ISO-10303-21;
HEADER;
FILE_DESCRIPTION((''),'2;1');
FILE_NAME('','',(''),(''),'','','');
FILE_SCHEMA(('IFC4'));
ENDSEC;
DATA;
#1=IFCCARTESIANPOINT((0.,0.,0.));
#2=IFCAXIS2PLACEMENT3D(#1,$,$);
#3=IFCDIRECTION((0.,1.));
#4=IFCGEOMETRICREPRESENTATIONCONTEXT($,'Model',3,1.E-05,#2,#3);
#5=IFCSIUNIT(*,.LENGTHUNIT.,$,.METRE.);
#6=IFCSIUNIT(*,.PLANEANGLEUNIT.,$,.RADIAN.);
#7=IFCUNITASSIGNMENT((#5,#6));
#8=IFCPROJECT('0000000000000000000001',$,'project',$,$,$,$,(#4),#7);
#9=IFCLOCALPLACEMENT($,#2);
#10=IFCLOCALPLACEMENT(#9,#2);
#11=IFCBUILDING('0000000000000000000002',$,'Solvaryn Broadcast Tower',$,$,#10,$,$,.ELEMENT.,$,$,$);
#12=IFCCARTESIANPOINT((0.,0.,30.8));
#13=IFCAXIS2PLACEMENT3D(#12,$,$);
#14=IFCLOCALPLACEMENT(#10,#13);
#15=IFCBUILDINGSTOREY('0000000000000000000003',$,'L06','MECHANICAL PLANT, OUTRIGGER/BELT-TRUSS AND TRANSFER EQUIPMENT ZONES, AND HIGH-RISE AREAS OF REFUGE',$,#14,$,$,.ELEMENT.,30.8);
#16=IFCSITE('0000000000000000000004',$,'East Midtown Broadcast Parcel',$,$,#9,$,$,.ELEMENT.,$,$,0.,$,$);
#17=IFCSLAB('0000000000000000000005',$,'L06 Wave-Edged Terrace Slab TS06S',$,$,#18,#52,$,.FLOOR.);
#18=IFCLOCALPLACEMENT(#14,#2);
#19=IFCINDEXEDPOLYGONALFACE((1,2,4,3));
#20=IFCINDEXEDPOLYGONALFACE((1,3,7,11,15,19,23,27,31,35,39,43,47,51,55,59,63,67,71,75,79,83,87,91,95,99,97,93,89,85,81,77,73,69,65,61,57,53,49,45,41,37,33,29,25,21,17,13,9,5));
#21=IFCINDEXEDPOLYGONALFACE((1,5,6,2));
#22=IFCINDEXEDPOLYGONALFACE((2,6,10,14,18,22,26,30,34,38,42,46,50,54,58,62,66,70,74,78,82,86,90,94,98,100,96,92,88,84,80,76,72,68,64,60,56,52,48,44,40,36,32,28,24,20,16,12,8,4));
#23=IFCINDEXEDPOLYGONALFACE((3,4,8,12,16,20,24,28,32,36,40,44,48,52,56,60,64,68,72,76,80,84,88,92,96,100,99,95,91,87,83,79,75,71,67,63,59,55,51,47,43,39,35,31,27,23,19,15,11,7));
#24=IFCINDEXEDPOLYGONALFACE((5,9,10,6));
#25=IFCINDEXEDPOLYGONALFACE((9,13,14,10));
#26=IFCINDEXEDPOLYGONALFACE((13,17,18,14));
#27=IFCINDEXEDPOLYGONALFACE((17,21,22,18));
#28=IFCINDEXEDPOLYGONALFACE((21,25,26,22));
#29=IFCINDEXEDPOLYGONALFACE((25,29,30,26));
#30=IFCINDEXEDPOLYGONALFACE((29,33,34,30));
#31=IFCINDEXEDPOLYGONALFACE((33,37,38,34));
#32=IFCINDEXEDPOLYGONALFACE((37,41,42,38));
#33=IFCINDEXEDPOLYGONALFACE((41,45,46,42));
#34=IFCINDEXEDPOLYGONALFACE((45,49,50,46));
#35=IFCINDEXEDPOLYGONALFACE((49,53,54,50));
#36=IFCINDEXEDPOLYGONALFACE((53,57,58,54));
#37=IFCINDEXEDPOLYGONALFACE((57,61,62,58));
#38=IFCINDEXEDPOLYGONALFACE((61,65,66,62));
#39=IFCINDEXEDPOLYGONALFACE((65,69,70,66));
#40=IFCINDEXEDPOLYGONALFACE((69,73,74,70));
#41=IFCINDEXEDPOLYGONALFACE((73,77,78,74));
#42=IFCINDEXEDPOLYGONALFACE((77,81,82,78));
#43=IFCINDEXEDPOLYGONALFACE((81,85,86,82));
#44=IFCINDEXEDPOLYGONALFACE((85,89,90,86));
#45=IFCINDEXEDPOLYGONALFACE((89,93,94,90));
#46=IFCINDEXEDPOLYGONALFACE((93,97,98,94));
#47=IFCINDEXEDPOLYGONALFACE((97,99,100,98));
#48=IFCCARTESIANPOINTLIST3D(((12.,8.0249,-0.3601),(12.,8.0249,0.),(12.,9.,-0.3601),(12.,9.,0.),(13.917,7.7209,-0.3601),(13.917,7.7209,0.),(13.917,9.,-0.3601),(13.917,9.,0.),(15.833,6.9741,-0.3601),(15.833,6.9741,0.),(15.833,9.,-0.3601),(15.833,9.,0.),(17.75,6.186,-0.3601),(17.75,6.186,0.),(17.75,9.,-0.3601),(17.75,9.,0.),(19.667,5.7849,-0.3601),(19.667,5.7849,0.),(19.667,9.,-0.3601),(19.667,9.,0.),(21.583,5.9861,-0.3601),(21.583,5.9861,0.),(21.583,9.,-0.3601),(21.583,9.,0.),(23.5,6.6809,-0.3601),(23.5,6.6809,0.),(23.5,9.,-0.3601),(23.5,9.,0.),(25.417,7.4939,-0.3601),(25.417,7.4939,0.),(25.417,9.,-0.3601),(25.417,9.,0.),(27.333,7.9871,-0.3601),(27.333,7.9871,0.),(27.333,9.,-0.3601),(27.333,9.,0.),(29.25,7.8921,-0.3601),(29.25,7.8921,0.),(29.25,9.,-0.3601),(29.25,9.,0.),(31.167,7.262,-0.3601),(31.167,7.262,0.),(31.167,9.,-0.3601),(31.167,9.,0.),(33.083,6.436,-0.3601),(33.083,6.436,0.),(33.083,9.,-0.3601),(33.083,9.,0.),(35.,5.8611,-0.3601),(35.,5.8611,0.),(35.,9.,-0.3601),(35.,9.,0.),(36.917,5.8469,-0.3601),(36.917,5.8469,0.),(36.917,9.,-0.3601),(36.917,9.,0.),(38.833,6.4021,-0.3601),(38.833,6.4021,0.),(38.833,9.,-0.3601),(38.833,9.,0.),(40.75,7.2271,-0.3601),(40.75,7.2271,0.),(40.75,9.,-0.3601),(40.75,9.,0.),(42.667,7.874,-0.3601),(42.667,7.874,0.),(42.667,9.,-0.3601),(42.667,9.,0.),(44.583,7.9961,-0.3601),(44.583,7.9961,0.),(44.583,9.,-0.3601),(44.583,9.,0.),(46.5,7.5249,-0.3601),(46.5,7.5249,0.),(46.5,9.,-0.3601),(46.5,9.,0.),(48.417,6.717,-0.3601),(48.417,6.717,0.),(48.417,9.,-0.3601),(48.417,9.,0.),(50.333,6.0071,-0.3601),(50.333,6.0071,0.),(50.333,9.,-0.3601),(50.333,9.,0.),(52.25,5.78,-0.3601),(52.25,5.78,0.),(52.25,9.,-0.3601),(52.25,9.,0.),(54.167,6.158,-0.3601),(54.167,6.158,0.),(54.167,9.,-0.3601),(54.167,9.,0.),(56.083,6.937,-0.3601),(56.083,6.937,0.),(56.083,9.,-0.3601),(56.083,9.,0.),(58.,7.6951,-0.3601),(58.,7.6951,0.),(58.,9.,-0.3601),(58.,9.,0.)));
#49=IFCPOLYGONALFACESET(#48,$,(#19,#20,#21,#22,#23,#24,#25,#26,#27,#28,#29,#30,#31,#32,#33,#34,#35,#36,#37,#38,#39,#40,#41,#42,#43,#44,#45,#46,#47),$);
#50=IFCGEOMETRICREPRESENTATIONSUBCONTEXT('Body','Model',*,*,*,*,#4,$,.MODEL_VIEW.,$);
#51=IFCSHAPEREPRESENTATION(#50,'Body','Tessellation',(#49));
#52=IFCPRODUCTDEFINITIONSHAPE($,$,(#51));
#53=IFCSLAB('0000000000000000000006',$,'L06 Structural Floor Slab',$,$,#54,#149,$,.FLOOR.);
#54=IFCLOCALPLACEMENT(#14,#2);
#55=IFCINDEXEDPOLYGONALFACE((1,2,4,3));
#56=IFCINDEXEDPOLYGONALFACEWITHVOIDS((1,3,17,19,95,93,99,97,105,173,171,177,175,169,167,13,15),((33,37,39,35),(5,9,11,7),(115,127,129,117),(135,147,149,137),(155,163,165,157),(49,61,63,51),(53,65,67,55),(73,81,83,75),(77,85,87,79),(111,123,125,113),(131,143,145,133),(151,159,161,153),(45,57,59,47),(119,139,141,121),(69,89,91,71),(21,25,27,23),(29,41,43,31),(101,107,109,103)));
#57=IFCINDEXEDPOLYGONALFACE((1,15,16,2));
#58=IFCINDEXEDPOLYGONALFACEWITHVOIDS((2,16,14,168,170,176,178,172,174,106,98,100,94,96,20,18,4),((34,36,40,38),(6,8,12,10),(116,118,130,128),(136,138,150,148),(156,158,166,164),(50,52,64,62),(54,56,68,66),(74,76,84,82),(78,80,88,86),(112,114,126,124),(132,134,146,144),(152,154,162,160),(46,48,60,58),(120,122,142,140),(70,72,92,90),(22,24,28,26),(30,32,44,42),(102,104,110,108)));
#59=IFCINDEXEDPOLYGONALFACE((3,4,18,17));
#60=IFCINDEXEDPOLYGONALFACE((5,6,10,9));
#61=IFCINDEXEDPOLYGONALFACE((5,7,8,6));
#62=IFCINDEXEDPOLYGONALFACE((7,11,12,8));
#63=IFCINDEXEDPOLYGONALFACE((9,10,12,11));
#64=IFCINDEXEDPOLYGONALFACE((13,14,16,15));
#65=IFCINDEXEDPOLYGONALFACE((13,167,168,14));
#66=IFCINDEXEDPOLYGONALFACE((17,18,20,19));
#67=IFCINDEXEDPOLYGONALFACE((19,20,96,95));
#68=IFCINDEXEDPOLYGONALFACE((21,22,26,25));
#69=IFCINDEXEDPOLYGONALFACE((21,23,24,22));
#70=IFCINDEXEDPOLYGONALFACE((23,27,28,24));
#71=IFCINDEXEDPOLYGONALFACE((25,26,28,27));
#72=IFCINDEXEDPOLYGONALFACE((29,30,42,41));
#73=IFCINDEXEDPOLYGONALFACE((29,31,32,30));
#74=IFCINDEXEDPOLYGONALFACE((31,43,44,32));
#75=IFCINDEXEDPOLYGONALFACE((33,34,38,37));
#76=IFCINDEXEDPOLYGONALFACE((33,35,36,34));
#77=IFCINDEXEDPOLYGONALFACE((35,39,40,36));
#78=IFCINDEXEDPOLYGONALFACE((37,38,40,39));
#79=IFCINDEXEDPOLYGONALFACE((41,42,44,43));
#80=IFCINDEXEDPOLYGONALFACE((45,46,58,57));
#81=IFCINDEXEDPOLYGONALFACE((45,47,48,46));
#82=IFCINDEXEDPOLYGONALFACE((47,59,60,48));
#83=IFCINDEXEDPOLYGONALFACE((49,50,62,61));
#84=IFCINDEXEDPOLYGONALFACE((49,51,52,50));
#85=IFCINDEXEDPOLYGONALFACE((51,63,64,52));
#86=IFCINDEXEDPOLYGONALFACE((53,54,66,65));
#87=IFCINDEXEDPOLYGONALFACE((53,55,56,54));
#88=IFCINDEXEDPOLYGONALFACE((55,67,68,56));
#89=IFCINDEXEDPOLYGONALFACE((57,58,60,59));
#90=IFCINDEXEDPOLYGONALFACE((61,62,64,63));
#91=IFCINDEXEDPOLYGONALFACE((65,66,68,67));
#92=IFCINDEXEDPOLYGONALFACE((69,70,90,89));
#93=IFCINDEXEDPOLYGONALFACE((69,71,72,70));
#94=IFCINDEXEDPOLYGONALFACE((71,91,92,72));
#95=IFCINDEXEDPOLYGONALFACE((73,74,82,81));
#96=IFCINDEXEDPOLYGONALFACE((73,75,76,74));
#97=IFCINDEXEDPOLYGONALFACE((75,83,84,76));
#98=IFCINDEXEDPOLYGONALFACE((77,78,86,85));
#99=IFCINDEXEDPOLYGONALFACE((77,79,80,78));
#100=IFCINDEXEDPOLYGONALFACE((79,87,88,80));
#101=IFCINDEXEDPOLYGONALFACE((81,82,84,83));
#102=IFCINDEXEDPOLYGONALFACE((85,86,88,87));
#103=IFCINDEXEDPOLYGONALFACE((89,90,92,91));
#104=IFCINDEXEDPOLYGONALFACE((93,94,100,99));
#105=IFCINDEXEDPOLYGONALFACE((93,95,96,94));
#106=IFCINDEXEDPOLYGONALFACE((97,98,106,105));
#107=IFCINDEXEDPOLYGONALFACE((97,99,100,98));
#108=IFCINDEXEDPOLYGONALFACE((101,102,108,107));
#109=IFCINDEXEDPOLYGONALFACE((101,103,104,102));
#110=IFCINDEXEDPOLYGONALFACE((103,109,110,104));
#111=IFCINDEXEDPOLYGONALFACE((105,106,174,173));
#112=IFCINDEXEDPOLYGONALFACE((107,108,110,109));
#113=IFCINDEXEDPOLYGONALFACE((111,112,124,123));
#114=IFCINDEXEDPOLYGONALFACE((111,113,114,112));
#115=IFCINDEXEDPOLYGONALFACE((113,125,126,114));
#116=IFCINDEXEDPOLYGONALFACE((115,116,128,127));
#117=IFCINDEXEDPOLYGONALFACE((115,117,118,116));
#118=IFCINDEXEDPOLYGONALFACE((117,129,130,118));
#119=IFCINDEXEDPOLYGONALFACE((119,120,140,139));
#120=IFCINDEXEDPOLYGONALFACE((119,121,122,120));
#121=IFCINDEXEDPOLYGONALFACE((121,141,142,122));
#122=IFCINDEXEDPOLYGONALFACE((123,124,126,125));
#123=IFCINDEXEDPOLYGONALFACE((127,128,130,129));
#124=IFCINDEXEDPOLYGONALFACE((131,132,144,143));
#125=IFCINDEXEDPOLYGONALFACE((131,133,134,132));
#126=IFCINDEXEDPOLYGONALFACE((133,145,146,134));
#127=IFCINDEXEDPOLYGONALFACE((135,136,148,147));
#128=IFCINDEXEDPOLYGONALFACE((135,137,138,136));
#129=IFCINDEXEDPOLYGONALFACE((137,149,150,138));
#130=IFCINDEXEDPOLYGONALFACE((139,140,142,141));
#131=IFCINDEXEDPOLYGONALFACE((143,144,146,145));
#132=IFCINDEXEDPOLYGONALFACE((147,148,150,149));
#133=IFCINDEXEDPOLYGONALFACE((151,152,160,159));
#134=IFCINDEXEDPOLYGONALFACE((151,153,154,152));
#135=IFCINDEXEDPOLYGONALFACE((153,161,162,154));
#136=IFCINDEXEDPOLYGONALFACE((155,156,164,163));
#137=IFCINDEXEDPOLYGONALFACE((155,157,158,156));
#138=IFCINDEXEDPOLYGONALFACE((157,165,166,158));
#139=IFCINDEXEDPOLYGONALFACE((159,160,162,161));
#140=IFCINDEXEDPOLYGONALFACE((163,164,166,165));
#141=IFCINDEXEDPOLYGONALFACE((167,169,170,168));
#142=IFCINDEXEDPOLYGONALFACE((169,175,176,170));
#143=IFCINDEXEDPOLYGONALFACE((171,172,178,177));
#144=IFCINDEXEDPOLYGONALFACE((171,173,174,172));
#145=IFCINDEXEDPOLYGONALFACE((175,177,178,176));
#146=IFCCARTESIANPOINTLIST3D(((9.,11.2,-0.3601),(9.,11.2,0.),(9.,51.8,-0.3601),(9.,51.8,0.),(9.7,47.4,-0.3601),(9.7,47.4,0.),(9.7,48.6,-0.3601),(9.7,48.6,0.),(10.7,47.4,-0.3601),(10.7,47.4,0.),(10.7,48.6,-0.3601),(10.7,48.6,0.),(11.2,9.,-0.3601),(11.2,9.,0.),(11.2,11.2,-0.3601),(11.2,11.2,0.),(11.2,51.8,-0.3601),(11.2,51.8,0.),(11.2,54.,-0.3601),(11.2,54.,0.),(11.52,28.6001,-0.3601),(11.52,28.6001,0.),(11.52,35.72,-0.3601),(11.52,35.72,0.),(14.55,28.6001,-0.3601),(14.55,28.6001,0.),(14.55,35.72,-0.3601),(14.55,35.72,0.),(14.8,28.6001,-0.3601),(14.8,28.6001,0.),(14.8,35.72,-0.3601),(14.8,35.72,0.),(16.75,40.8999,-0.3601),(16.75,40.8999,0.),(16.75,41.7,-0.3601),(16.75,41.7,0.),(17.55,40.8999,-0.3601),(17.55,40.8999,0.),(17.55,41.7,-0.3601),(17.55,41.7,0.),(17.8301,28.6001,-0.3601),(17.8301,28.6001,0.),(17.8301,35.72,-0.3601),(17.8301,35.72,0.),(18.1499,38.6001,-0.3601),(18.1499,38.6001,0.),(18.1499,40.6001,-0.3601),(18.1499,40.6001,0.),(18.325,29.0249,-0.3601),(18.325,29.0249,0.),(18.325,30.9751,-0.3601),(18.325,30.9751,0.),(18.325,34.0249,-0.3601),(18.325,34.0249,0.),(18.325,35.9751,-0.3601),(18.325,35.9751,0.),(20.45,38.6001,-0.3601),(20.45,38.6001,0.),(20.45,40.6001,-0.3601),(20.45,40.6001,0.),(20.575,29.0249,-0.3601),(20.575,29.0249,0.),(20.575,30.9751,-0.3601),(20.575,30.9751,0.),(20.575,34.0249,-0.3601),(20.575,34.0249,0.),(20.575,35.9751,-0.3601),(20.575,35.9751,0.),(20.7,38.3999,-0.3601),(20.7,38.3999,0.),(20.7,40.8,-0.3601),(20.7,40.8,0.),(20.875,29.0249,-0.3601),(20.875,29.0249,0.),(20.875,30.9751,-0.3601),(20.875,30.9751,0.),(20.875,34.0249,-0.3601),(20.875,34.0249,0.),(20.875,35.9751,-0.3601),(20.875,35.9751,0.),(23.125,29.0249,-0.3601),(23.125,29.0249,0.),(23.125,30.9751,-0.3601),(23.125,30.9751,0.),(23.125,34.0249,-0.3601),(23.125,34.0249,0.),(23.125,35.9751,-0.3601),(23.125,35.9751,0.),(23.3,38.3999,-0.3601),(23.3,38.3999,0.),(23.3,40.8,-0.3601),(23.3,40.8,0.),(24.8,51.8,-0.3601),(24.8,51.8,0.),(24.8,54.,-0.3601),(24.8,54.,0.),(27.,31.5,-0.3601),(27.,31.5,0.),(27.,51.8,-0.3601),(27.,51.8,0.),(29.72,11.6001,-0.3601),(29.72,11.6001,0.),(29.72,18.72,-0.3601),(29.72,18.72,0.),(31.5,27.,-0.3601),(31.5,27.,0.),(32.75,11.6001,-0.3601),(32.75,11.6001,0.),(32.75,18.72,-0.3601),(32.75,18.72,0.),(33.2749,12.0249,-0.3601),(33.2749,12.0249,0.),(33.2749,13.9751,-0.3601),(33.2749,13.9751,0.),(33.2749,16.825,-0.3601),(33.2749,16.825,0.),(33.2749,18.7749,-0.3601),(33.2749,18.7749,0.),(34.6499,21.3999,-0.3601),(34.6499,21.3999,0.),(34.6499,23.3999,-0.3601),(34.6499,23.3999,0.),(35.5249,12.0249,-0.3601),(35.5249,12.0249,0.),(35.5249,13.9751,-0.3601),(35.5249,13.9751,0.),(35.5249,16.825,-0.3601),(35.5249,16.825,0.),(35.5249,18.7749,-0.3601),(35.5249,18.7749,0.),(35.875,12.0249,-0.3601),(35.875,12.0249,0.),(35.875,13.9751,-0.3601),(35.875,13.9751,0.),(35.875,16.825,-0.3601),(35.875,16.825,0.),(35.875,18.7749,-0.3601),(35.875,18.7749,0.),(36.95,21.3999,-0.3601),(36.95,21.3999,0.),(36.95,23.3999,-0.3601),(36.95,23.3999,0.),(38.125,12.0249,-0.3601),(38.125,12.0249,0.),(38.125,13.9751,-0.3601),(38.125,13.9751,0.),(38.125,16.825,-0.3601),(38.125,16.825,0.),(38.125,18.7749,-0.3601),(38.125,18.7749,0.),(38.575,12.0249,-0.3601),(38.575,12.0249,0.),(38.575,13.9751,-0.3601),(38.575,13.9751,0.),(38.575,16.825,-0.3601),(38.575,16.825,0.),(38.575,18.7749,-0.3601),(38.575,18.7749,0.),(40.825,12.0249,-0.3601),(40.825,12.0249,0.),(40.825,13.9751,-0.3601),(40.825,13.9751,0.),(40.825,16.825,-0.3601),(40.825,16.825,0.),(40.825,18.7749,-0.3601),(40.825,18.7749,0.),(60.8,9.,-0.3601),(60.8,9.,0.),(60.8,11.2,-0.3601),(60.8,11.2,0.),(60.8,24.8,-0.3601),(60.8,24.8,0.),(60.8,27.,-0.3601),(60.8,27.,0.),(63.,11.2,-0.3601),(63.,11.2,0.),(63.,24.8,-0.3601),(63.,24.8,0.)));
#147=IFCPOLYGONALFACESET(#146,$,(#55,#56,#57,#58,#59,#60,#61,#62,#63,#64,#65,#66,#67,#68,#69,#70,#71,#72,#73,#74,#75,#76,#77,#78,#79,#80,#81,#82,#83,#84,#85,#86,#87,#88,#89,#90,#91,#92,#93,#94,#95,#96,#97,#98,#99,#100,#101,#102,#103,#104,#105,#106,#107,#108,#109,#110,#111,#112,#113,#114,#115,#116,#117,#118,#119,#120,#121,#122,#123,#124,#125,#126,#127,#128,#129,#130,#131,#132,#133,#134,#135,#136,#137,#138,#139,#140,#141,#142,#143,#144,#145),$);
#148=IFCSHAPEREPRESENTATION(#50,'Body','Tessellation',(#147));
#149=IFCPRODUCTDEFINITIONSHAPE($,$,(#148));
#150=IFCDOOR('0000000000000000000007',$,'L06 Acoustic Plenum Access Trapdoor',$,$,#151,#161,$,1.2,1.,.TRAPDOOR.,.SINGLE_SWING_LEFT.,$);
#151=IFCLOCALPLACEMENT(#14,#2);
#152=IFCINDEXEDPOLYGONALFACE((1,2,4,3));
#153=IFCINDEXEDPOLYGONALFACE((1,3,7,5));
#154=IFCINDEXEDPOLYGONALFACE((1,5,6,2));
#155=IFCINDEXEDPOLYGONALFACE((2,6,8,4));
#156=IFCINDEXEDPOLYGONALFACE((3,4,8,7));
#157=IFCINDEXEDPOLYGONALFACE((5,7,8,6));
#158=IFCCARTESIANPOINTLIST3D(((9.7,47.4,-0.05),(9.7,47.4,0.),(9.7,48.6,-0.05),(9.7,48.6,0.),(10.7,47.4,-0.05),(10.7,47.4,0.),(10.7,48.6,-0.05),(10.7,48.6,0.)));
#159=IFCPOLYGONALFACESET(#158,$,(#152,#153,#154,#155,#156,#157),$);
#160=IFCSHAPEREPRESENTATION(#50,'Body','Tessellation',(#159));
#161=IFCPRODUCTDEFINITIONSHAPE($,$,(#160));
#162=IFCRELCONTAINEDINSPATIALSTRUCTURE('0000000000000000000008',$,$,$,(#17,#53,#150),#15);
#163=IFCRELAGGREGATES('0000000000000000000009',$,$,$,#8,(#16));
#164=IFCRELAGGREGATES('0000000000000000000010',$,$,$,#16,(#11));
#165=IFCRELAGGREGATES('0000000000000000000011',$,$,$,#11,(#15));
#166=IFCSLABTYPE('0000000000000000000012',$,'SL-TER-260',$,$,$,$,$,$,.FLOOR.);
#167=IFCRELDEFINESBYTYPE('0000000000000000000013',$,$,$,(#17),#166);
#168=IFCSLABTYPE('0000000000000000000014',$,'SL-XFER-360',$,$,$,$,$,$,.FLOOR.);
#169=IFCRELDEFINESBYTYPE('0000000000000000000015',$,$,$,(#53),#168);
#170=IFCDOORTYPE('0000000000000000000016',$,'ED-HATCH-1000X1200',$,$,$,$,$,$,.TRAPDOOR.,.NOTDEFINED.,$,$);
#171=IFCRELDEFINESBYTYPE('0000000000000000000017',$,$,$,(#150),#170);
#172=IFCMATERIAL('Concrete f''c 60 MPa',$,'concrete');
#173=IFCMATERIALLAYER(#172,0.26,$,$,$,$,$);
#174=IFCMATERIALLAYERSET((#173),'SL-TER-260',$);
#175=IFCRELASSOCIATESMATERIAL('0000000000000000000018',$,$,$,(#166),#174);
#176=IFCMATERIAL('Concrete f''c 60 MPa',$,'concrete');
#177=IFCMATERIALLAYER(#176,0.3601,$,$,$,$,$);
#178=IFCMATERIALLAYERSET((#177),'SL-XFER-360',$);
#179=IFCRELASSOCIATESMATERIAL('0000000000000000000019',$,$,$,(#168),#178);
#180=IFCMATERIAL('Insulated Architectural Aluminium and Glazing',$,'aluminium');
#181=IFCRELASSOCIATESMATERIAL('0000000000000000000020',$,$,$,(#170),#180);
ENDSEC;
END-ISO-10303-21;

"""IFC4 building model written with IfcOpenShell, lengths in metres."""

from ifc_helpers import new_model, si_unit, direction, frame, origin, origin_2d, place, context, subcontext, project, spatial, polyline, rectangle, outline, extrude, material, layer, layer_set, type_object, element, fill, save


model = new_model("IFC4")

# Units and contexts
model_context = context("Model", 3, precision=1e-05, world=origin(), true_north=direction((0.0, 1.0)))
body_context = subcontext(model_context, "Body", "Model", "MODEL_VIEW")
ifc_project = project(units=[si_unit("LENGTHUNIT", "METRE"), si_unit("PLANEANGLEUNIT", "RADIAN")], contexts=[model_context])

# Site, building, storey
site_placement = place(None, origin())
site = spatial("IfcSite", under=ifc_project, at=site_placement, Name="East Midtown Broadcast Parcel", CompositionType="ELEMENT", RefElevation=0.0)
building_placement = place(site_placement, origin())
building = spatial("IfcBuilding", under=site, at=building_placement, Name="Solvaryn Broadcast Tower", CompositionType="ELEMENT")
storey_placement = place(building_placement, frame((0.0, 0.0, 30.8)))
storey = spatial("IfcBuildingStorey", under=building, at=storey_placement, Name="L06", Description="MECHANICAL PLANT, OUTRIGGER/BELT-TRUSS AND TRANSFER EQUIPMENT ZONES, AND HIGH-RISE AREAS OF REFUGE", CompositionType="ELEMENT", Elevation=30.8)

# Slab
ifc_material_1 = material(Name="Concrete f'c 60 MPa", Category="concrete")
ifc_layer_1 = layer(ifc_material_1, 0.26)
ifc_layer_set_1 = layer_set([ifc_layer_1], Name="SL-TER-260")
slab_type_1 = type_object("IfcSlabType", Name="SL-TER-260", PredefinedType="FLOOR", material=ifc_layer_set_1)
slab_1_placement = place(storey_placement, frame((0.0, 0.0, -0.3601)))
element("IfcSlab", 1, at=slab_1_placement, inside=storey, type_object=slab_type_1, Name="L06 Wave-Edged Terrace Slab TS06S", PredefinedType="FLOOR", context=body_context, shape_type="SweptSolid", body=[
    extrude(outline(polyline([(12.0, 8.0249), (13.917, 7.7209), (15.833, 6.9741), (17.75, 6.186), (19.667, 5.7849), (21.583, 5.9861), (23.5, 6.6809), (25.417, 7.4939), (27.333, 7.9871), (29.25, 7.8921), (31.167, 7.262), (33.083, 6.436), (35.0, 5.8611), (36.917, 5.8469), (38.833, 6.4021), (40.75, 7.2271), (42.667, 7.874), (44.583, 7.9961), (46.5, 7.5249), (48.417, 6.717), (50.333, 6.0071), (52.25, 5.78), (54.167, 6.158), (56.083, 6.937), (58.0, 7.6951), (58.0, 9.0), (56.083, 9.0), (54.167, 9.0), (52.25, 9.0), (50.333, 9.0), (48.417, 9.0), (46.5, 9.0), (44.583, 9.0), (42.667, 9.0), (40.75, 9.0), (38.833, 9.0), (36.917, 9.0), (35.0, 9.0), (33.083, 9.0), (31.167, 9.0), (29.25, 9.0), (27.333, 9.0), (25.417, 9.0), (23.5, 9.0), (21.583, 9.0), (19.667, 9.0), (17.75, 9.0), (15.833, 9.0), (13.917, 9.0), (12.0, 9.0), (12.0, 8.0249)])), origin(), (0.0, 0.0, 1.0), 0.3601),
])

# Slab, opening, door
ifc_material_2 = material(Name="Concrete f'c 60 MPa", Category="concrete")
ifc_layer_2 = layer(ifc_material_2, 0.3601)
ifc_layer_set_2 = layer_set([ifc_layer_2], Name="SL-XFER-360")
slab_type_2 = type_object("IfcSlabType", Name="SL-XFER-360", PredefinedType="FLOOR", material=ifc_layer_set_2)
slab_2_placement = place(storey_placement, frame((0.0, 0.0, -0.3601)))
slab_2 = element("IfcSlab", 2, at=slab_2_placement, inside=storey, type_object=slab_type_2, Name="L06 Structural Floor Slab", PredefinedType="FLOOR", context=body_context, shape_type="SweptSolid", body=[
    extrude(outline(polyline([(11.2, 9.0), (60.8, 9.0), (60.8, 11.2), (63.0, 11.2), (63.0, 24.8), (60.8, 24.8), (60.8, 27.0), (31.5, 27.0), (27.0, 31.5), (27.0, 51.8), (24.8, 51.8), (24.8, 54.0), (11.2, 54.0), (11.2, 51.8), (9.0, 51.8), (9.0, 11.2), (11.2, 11.2), (11.2, 9.0)]), holes=[polyline([(11.52, 28.6001), (14.55, 28.6001), (14.55, 35.72), (11.52, 35.72), (11.52, 28.6001)]), polyline([(14.8, 28.6001), (17.8301, 28.6001), (17.8301, 35.72), (14.8, 35.72), (14.8, 28.6001)]), polyline([(29.72, 11.6001), (32.75, 11.6001), (32.75, 18.72), (29.72, 18.72), (29.72, 11.6001)]), polyline([(18.1499, 38.6001), (20.45, 38.6001), (20.45, 40.6001), (18.1499, 40.6001), (18.1499, 38.6001)]), polyline([(20.7, 38.3999), (23.3, 38.3999), (23.3, 40.8), (20.7, 40.8), (20.7, 38.3999)]), polyline([(18.325, 29.0249), (20.575, 29.0249), (20.575, 30.9751), (18.325, 30.9751), (18.325, 29.0249)]), polyline([(20.875, 29.0249), (23.125, 29.0249), (23.125, 30.9751), (20.875, 30.9751), (20.875, 29.0249)]), polyline([(18.325, 34.0249), (20.575, 34.0249), (20.575, 35.9751), (18.325, 35.9751), (18.325, 34.0249)]), polyline([(20.875, 34.0249), (23.125, 34.0249), (23.125, 35.9751), (20.875, 35.9751), (20.875, 34.0249)]), polyline([(34.6499, 21.3999), (36.95, 21.3999), (36.95, 23.3999), (34.6499, 23.3999), (34.6499, 21.3999)]), polyline([(33.2749, 12.0249), (35.5249, 12.0249), (35.5249, 13.9751), (33.2749, 13.9751), (33.2749, 12.0249)]), polyline([(35.875, 12.0249), (38.125, 12.0249), (38.125, 13.9751), (35.875, 13.9751), (35.875, 12.0249)]), polyline([(33.2749, 16.825), (35.5249, 16.825), (35.5249, 18.7749), (33.2749, 18.7749), (33.2749, 16.825)]), polyline([(35.875, 16.825), (38.125, 16.825), (38.125, 18.7749), (35.875, 18.7749), (35.875, 16.825)]), polyline([(38.575, 12.0249), (40.825, 12.0249), (40.825, 13.9751), (38.575, 13.9751), (38.575, 12.0249)]), polyline([(38.575, 16.825), (40.825, 16.825), (40.825, 18.7749), (38.575, 18.7749), (38.575, 16.825)]), polyline([(16.75, 40.8999), (17.55, 40.8999), (17.55, 41.7), (16.75, 41.7), (16.75, 40.8999)])]), origin(), (0.0, 0.0, 1.0), 0.3601),
])
opening_placement = place(slab_2_placement, frame((10.2, 48.0, 0.0)))
opening = element("IfcOpeningElement", 3, at=opening_placement, cuts=slab_2, PredefinedType="OPENING", context=body_context, shape_type="SweptSolid", body=[
    extrude(rectangle(XDim=1.0, YDim=1.2, at=origin_2d()), origin(), (0.0, 0.0, 1.0), 0.3601),
])
ifc_material_3 = material(Name="Insulated Architectural Aluminium and Glazing", Category="aluminium")
door_type = type_object("IfcDoorType", Name="ED-HATCH-1000X1200", OperationType="NOTDEFINED", PredefinedType="TRAPDOOR", material=ifc_material_3)
door_placement = place(opening_placement, frame((0.0, 0.0, 0.3101)))
door = element("IfcDoor", 4, at=door_placement, inside=storey, type_object=door_type, Name="L06 Acoustic Plenum Access Trapdoor", OperationType="SINGLE_SWING_LEFT", OverallHeight=1.2, OverallWidth=1.0, PredefinedType="TRAPDOOR", context=body_context, shape_type="SweptSolid", body=[
    extrude(rectangle(XDim=1.0, YDim=1.2, at=origin_2d()), origin(), (0.0, 0.0, 1.0), 0.05),
])
fill(opening, door)

save(model, "model.ifc")
